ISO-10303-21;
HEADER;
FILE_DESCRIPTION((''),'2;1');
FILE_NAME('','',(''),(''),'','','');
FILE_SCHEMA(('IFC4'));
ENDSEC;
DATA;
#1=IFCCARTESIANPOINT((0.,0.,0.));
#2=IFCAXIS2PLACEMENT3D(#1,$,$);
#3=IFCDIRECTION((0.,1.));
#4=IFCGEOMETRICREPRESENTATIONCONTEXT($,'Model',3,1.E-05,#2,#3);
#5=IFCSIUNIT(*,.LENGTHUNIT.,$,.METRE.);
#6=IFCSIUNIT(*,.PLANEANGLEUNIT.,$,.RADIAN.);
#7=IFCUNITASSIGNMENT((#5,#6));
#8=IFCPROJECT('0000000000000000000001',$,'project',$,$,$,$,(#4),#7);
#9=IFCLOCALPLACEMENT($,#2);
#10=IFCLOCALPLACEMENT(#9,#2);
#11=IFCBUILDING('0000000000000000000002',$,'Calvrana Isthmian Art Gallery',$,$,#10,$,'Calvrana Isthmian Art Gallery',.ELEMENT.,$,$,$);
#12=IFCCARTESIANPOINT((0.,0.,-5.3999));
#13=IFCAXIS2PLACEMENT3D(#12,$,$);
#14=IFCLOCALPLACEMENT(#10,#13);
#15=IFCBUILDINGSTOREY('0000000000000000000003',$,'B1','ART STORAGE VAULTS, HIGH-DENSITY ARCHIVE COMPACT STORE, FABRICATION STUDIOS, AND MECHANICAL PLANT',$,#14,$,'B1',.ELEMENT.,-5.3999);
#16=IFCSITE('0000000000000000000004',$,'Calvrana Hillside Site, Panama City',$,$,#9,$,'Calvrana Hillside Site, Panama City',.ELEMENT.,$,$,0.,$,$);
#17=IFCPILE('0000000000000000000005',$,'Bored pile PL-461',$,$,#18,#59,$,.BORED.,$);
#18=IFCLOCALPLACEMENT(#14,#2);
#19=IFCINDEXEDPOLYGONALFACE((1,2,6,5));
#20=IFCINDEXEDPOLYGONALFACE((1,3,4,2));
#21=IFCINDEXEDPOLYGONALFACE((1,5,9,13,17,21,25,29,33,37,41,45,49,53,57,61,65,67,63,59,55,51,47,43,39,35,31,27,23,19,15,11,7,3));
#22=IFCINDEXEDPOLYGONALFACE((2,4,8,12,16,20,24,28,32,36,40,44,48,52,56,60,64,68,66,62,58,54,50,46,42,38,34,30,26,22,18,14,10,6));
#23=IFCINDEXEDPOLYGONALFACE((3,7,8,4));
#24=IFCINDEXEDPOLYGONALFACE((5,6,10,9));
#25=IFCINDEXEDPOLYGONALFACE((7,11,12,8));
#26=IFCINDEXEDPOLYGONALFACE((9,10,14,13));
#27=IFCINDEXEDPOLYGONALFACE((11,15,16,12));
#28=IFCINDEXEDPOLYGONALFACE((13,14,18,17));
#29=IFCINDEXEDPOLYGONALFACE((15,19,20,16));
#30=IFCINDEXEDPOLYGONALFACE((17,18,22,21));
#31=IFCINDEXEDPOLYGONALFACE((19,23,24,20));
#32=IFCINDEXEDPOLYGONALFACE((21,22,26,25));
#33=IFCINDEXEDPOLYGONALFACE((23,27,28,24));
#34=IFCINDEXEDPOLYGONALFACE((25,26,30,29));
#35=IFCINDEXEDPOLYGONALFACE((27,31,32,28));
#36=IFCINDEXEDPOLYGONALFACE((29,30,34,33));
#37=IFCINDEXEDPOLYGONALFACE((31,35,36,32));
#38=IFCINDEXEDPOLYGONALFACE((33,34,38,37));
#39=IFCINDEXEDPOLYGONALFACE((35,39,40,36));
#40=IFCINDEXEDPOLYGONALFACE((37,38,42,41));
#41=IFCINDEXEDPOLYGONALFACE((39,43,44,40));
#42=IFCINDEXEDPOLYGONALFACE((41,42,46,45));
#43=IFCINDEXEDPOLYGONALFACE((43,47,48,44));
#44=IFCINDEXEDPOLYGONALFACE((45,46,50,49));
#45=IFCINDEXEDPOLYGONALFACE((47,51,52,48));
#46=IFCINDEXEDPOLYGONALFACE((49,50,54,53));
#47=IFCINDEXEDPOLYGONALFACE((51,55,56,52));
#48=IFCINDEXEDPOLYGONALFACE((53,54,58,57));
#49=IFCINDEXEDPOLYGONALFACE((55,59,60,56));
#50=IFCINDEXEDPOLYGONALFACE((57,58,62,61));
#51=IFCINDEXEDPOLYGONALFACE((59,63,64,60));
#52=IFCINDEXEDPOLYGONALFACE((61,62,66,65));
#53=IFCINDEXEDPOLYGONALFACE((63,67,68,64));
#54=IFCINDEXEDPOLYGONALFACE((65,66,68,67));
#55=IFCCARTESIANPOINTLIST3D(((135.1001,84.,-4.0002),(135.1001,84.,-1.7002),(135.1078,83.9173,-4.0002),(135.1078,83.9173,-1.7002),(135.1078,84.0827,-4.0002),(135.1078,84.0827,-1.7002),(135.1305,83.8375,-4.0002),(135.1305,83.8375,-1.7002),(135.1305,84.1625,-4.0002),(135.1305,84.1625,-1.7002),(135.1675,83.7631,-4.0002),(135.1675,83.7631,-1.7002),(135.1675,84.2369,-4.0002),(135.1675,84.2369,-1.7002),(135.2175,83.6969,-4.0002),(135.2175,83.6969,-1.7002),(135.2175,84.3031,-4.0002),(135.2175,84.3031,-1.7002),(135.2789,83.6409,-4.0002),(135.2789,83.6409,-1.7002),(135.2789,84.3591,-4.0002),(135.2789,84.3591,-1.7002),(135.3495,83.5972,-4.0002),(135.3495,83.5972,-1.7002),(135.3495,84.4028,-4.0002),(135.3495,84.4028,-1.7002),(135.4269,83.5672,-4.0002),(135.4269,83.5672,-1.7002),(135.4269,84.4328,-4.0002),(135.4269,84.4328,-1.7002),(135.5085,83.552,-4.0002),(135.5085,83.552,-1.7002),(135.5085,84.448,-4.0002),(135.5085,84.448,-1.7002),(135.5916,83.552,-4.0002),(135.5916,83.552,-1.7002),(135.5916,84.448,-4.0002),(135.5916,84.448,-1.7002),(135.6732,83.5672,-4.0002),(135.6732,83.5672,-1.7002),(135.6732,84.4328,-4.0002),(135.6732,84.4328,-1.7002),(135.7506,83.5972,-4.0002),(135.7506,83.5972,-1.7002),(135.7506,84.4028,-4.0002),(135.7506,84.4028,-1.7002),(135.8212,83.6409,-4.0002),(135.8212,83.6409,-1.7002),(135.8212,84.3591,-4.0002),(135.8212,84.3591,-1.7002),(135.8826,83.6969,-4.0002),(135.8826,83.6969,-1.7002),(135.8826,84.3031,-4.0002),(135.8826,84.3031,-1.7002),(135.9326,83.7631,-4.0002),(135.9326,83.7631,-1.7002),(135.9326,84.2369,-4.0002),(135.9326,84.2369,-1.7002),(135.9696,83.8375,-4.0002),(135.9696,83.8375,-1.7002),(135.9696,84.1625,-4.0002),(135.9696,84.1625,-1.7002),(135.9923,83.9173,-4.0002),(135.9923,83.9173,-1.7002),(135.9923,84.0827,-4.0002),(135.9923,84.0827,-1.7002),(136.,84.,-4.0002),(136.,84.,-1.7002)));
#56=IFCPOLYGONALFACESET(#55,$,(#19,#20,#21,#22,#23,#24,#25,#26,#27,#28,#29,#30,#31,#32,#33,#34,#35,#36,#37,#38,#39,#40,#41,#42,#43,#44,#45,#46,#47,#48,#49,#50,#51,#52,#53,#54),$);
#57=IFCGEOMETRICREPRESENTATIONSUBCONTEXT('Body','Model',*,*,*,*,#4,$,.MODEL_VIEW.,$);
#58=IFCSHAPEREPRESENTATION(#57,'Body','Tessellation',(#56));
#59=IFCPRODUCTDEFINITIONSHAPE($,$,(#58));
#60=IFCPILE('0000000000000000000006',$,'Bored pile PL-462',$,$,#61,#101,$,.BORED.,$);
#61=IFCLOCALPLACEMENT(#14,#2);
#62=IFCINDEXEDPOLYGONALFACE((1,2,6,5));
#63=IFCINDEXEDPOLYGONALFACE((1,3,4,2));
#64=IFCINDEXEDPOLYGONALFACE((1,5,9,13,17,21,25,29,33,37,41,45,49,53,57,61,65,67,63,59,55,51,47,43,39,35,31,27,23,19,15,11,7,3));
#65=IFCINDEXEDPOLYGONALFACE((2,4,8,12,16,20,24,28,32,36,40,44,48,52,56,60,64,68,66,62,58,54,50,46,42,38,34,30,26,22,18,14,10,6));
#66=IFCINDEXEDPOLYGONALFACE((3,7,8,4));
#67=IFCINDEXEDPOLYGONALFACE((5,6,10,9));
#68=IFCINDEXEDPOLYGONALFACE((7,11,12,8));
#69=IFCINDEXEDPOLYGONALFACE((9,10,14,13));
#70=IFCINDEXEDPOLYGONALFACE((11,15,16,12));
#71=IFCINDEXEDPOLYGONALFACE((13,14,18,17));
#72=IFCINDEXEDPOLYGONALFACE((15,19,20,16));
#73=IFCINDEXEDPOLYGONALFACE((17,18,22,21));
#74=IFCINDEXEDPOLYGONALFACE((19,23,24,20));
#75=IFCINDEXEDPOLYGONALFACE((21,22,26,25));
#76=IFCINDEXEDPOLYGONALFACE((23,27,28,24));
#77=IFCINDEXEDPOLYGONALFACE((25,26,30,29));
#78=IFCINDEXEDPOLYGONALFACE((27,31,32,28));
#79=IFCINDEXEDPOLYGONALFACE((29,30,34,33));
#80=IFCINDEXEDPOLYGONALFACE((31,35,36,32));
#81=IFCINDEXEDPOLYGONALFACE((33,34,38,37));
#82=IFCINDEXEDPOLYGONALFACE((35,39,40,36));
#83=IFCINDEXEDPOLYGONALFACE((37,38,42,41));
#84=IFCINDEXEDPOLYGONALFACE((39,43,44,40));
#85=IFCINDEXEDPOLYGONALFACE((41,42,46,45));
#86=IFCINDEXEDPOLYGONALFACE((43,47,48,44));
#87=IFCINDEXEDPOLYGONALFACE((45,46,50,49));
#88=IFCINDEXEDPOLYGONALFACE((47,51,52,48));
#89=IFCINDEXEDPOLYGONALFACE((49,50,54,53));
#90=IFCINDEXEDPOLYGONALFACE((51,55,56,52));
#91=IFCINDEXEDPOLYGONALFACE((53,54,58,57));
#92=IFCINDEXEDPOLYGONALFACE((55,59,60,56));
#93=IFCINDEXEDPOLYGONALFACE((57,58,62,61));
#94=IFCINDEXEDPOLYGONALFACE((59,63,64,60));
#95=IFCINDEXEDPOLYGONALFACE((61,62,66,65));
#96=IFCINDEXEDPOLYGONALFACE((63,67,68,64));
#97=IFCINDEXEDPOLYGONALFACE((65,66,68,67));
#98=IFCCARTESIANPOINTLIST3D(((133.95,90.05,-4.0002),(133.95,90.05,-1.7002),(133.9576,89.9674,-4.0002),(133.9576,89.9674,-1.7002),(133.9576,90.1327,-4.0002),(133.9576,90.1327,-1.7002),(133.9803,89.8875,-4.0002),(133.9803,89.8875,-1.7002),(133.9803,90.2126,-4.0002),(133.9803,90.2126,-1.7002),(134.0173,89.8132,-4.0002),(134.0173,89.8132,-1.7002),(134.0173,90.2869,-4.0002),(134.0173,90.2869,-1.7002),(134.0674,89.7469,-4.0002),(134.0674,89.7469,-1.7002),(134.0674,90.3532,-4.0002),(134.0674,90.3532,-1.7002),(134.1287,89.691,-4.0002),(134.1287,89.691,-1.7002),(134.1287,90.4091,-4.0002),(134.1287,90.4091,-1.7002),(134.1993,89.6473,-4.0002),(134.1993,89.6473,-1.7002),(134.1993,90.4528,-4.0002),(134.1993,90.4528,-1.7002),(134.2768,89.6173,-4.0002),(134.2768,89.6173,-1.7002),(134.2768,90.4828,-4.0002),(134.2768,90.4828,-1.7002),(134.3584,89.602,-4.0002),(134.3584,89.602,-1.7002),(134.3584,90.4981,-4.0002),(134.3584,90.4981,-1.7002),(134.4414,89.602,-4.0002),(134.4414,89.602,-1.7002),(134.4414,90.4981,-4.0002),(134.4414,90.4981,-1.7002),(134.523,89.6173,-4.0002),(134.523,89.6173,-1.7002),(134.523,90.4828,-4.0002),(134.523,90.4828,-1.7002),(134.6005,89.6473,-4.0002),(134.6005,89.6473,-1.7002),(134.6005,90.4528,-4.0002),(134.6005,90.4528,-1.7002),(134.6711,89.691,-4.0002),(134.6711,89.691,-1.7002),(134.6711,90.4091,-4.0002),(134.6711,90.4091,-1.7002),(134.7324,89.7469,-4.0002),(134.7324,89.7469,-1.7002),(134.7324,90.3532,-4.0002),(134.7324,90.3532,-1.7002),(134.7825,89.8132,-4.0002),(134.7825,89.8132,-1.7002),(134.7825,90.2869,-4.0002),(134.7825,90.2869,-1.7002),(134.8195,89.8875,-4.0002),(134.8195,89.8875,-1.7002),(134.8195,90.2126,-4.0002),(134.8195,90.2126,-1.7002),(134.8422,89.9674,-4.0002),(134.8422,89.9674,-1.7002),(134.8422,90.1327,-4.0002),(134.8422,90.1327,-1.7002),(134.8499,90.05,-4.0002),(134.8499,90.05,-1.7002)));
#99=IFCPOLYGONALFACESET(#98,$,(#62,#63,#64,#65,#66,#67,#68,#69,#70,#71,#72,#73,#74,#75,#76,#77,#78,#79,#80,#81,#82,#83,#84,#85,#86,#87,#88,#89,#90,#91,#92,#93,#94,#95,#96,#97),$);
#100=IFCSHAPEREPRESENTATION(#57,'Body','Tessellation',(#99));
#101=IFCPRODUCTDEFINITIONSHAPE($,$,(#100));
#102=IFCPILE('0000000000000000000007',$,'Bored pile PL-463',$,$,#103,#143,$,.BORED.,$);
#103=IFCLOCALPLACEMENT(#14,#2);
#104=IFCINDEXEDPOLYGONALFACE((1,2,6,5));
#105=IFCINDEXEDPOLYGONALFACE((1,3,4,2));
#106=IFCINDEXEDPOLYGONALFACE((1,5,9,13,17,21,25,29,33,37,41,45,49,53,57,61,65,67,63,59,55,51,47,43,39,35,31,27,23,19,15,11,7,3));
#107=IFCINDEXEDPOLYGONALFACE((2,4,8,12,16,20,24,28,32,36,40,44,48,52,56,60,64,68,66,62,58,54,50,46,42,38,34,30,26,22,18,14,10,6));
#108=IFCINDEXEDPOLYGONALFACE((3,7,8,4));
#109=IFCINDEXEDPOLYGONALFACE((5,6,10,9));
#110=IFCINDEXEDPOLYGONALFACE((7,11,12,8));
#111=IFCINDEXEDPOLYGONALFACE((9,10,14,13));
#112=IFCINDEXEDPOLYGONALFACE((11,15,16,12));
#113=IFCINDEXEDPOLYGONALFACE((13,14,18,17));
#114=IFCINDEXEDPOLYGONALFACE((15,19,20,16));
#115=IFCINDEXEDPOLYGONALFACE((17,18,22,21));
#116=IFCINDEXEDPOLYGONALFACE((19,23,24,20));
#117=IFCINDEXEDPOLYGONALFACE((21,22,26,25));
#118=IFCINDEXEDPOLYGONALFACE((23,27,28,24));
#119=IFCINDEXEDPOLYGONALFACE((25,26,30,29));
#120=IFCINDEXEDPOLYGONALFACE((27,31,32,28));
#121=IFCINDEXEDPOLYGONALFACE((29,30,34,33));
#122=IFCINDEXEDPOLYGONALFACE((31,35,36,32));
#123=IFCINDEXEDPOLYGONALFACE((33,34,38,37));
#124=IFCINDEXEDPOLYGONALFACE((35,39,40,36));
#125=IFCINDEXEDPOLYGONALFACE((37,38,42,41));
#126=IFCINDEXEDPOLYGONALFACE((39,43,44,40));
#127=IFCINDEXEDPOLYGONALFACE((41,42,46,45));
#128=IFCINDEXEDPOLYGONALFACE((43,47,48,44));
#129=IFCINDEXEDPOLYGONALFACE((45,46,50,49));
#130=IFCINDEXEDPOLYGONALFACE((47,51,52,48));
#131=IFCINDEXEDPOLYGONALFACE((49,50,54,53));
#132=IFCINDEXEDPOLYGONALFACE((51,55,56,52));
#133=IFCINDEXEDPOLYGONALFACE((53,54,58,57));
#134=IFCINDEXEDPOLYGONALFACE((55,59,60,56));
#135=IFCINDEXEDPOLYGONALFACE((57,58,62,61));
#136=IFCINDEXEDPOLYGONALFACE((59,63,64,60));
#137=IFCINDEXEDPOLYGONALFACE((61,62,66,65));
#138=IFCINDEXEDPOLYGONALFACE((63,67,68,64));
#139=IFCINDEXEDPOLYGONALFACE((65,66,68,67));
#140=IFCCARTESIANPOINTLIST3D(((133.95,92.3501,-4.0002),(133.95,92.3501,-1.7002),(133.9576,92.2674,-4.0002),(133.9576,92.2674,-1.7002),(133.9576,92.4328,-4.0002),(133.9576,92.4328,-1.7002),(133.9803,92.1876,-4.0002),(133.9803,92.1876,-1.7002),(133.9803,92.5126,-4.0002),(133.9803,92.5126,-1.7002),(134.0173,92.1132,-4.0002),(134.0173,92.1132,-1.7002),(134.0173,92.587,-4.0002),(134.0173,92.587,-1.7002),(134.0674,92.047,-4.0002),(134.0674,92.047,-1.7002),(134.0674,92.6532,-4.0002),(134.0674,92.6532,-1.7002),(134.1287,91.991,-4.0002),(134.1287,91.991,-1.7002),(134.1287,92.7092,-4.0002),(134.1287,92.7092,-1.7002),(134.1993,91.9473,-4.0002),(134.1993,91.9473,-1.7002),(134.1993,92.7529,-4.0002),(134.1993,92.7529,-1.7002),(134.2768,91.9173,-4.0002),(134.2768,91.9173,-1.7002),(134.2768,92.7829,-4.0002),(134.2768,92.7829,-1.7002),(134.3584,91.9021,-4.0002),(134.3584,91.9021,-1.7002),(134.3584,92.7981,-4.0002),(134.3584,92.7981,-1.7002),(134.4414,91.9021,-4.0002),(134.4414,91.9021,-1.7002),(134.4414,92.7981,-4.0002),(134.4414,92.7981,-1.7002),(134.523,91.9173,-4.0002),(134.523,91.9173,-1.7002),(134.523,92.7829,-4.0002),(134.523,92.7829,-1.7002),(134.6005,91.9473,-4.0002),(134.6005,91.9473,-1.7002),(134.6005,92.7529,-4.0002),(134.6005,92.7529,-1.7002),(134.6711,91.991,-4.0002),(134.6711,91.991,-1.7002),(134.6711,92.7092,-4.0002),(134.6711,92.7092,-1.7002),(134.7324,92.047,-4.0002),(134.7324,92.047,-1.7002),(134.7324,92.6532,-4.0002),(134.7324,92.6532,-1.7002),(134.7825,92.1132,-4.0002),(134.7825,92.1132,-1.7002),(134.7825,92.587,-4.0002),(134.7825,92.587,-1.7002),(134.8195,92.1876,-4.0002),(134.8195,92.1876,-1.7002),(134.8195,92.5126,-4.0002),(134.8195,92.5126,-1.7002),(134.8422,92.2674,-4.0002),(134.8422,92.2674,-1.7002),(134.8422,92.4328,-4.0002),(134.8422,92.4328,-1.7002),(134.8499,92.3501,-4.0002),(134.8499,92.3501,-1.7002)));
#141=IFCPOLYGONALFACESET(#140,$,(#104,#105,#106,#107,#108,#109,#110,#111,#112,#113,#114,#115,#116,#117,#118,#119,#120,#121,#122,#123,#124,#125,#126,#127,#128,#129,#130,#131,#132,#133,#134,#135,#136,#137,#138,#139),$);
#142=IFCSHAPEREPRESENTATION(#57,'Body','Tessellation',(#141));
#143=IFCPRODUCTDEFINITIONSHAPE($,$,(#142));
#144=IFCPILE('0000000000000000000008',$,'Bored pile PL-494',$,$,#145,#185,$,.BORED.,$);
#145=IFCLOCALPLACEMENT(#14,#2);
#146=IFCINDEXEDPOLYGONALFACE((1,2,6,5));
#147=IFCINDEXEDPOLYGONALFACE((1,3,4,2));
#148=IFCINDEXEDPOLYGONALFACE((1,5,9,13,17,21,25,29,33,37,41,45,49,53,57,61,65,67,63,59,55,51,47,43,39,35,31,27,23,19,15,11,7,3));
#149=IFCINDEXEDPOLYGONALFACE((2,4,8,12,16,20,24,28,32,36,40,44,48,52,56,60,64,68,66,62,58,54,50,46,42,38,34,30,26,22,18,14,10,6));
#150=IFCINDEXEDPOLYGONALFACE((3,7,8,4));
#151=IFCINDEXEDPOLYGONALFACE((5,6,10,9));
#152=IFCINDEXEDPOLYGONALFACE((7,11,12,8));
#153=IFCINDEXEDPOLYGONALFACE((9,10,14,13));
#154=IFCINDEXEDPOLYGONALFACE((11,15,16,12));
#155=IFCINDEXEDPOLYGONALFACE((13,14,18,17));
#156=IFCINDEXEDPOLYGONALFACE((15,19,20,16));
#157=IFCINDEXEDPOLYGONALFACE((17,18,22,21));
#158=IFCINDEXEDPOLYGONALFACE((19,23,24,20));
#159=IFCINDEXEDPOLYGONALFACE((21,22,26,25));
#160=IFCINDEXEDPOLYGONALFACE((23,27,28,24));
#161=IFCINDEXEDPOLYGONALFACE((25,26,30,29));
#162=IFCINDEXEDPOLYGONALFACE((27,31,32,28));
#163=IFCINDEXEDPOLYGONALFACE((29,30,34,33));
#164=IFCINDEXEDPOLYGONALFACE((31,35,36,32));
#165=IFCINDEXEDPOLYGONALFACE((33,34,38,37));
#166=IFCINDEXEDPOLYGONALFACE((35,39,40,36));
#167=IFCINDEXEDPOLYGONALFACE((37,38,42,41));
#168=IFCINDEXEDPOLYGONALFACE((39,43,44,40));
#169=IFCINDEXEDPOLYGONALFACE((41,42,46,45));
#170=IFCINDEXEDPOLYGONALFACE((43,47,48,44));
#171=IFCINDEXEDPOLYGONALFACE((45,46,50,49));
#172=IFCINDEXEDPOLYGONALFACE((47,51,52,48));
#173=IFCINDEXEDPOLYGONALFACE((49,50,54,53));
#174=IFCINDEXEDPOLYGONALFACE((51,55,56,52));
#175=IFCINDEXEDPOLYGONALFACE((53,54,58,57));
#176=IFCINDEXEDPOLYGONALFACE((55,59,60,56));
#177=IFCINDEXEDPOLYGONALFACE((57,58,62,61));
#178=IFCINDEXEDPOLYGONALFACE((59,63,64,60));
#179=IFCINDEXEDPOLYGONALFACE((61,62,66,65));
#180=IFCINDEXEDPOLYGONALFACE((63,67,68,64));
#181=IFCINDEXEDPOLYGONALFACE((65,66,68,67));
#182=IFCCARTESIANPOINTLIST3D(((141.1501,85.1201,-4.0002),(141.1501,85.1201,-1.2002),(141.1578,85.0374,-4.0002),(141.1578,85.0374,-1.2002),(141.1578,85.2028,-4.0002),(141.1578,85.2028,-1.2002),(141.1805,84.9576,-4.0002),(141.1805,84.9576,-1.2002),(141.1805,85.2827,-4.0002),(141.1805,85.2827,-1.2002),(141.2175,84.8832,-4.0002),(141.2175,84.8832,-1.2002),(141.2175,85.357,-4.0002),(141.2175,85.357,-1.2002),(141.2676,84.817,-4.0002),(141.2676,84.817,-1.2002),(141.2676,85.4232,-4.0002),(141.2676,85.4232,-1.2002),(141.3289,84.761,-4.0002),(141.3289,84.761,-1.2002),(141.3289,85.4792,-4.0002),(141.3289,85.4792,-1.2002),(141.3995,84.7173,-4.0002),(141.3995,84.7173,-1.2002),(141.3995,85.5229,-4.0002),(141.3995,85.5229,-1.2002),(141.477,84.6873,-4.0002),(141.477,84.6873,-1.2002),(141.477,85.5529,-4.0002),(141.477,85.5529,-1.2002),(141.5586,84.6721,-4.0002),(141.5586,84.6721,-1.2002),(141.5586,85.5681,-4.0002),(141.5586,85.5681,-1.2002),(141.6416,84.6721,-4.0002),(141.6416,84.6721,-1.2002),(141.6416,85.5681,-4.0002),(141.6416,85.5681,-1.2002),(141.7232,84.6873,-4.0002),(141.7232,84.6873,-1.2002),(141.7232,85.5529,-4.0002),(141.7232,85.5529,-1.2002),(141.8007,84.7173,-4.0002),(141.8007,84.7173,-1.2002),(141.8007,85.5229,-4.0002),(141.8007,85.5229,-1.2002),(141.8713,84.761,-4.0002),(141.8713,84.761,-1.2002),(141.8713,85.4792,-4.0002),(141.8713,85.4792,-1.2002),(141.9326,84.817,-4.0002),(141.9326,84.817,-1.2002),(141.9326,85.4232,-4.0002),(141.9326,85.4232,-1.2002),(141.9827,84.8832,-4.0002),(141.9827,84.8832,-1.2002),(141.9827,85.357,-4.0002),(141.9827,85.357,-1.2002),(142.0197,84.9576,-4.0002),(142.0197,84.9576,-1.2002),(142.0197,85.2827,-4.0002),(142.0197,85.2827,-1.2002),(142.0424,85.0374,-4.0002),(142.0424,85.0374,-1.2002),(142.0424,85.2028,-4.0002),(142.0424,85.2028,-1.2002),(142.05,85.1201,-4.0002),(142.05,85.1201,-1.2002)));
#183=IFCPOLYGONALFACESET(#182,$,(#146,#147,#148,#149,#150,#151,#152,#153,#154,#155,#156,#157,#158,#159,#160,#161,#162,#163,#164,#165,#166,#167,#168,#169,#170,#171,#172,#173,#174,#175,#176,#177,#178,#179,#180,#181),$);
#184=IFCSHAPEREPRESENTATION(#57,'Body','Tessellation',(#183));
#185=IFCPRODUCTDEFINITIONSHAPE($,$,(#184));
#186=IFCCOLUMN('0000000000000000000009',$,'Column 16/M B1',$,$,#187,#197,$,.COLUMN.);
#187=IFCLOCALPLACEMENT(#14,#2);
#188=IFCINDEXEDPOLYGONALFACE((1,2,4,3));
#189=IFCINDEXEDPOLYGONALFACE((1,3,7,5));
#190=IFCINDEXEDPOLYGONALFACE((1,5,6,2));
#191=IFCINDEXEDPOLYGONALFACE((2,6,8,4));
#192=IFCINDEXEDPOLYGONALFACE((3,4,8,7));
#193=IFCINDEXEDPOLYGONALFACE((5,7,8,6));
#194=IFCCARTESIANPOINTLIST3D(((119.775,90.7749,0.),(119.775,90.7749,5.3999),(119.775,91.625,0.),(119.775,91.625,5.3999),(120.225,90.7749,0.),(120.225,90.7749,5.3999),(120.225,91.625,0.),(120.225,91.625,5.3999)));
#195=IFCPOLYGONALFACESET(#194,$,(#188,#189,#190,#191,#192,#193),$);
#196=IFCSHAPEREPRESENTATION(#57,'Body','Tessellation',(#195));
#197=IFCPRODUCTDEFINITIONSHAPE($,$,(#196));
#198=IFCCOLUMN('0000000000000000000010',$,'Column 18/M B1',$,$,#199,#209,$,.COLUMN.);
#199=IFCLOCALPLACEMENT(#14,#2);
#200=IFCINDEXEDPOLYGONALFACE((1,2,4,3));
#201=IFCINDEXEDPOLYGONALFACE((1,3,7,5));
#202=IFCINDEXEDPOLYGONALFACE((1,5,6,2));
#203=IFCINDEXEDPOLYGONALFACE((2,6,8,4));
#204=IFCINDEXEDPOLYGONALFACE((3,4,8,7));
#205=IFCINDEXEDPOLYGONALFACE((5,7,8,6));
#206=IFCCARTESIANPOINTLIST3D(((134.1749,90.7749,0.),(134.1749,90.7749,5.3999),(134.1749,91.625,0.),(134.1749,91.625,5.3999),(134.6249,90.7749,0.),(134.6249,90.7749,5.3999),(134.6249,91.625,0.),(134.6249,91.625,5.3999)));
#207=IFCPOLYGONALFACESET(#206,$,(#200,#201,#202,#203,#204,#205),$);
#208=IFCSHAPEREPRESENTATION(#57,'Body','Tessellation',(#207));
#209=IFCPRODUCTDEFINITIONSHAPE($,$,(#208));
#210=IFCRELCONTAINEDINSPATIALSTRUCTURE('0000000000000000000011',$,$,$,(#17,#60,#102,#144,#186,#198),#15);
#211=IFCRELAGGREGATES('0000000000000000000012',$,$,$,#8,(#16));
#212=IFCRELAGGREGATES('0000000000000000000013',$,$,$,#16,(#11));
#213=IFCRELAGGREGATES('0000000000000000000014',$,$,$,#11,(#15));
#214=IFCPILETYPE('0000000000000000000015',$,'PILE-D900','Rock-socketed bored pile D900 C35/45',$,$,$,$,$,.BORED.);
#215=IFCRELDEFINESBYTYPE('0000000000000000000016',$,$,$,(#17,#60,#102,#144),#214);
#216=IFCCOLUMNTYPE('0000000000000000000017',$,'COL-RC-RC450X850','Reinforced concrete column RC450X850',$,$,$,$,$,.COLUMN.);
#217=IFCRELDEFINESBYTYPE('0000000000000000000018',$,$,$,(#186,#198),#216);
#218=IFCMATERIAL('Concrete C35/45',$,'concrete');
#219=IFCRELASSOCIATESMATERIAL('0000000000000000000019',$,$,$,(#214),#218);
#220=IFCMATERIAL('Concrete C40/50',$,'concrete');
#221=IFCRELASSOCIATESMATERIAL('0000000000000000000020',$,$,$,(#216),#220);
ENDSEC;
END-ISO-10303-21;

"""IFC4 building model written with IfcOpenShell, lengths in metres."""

from ifc_helpers import new_model, si_unit, direction, frame, origin, origin_2d, place, context, subcontext, project, spatial, rectangle, circle, extrude, material, material_profile, profile_set, type_object, element, save


model = new_model("IFC4")

# Units and contexts
model_context = context("Model", 3, precision=1e-05, world=origin(), true_north=direction((0.0, 1.0)))
body_context = subcontext(model_context, "Body", "Model", "MODEL_VIEW")
ifc_project = project(units=[si_unit("LENGTHUNIT", "METRE"), si_unit("PLANEANGLEUNIT", "RADIAN")], contexts=[model_context])

# Site, building, storey
site_placement = place(None, origin())
site = spatial("IfcSite", under=ifc_project, at=site_placement, Name="Calvrana Hillside Site, Panama City", LongName="Calvrana Hillside Site, Panama City", CompositionType="ELEMENT", RefElevation=0.0)
building_placement = place(site_placement, origin())
building = spatial("IfcBuilding", under=site, at=building_placement, Name="Calvrana Isthmian Art Gallery", LongName="Calvrana Isthmian Art Gallery", CompositionType="ELEMENT")
storey_placement = place(building_placement, frame((0.0, 0.0, -5.3999)))
storey = spatial("IfcBuildingStorey", under=building, at=storey_placement, Name="B1", Description="ART STORAGE VAULTS, HIGH-DENSITY ARCHIVE COMPACT STORE, FABRICATION STUDIOS, AND MECHANICAL PLANT", LongName="B1", CompositionType="ELEMENT", Elevation=-5.3999)

# Shared definitions
ifc_material_1 = material(Name="Concrete C35/45", Category="concrete")

# Piles
ifc_material_profile_1 = material_profile(ifc_material_1, circle(Radius=0.45, at=origin_2d()), Name="PILE900D")
ifc_profile_set_1 = profile_set([ifc_material_profile_1], Name="Concrete C35/45")
pile_type_1 = type_object("IfcPileType", Name="PILE-D900", Description="Rock-socketed bored pile D900 C35/45", PredefinedType="BORED", material=ifc_profile_set_1)
for number, where, z_axis, x_axis, name in (
    (1, (135.55, 84.0, -1.7002), (0.0, 0.0, -1.0), (1.0, 0.0, 0.0), "Bored pile PL-461"),
    (2, (134.3999, 90.05, -1.7002), (0.0, 0.0, -1.0), (1.0, 0.0, 0.0), "Bored pile PL-462"),
    (3, (134.3999, 92.3501, -1.7002), (0.0, 0.0, -1.0), (1.0, 0.0, 0.0), "Bored pile PL-463"),
):
    element("IfcPile", number, at=place(storey_placement, frame(where, z_axis=z_axis, x_axis=x_axis)), inside=storey, type_object=pile_type_1, Name=name, PredefinedType="BORED", context=body_context, shape_type="SweptSolid", body=[
        extrude(circle(Radius=0.45, at=origin_2d()), origin(), (0.0, 0.0, 1.0), 2.3),
    ])
pile_placement = place(storey_placement, frame((141.6001, 85.1201, -1.2002), z_axis=(0.0, 0.0, -1.0), x_axis=(1.0, 0.0, 0.0)))
element("IfcPile", 4, at=pile_placement, inside=storey, type_object=pile_type_1, Name="Bored pile PL-494", PredefinedType="BORED", context=body_context, shape_type="SweptSolid", body=[
    extrude(circle(Radius=0.45, at=origin_2d()), origin(), (0.0, 0.0, 1.0), 2.8),
])

# Columns
ifc_material_2 = material(Name="Concrete C40/50", Category="concrete")
ifc_material_profile_2 = material_profile(ifc_material_2, rectangle(XDim=0.45, YDim=0.8501, at=origin_2d()), Name="RC450X850")
ifc_profile_set_2 = profile_set([ifc_material_profile_2], Name="Concrete C40/50")
column_type_1 = type_object("IfcColumnType", Name="COL-RC-RC450X850", Description="Reinforced concrete column RC450X850", PredefinedType="COLUMN", material=ifc_profile_set_2)
for number, where, z_axis, x_axis, name in (
    (5, (120.0, 91.2, 0.0), (0.0, 0.0, 1.0), (1.0, 0.0, 0.0), "Column 16/M B1"),
    (6, (134.3999, 91.2, 0.0), (0.0, 0.0, 1.0), (1.0, 0.0, 0.0), "Column 18/M B1"),
):
    element("IfcColumn", number, at=place(storey_placement, frame(where, z_axis=z_axis, x_axis=x_axis)), inside=storey, type_object=column_type_1, Name=name, PredefinedType="COLUMN", context=body_context, shape_type="SweptSolid", body=[
        extrude(rectangle(XDim=0.45, YDim=0.8501, at=origin_2d()), origin(), (0.0, 0.0, 1.0), 5.3999),
    ])

save(model, "model.ifc")
